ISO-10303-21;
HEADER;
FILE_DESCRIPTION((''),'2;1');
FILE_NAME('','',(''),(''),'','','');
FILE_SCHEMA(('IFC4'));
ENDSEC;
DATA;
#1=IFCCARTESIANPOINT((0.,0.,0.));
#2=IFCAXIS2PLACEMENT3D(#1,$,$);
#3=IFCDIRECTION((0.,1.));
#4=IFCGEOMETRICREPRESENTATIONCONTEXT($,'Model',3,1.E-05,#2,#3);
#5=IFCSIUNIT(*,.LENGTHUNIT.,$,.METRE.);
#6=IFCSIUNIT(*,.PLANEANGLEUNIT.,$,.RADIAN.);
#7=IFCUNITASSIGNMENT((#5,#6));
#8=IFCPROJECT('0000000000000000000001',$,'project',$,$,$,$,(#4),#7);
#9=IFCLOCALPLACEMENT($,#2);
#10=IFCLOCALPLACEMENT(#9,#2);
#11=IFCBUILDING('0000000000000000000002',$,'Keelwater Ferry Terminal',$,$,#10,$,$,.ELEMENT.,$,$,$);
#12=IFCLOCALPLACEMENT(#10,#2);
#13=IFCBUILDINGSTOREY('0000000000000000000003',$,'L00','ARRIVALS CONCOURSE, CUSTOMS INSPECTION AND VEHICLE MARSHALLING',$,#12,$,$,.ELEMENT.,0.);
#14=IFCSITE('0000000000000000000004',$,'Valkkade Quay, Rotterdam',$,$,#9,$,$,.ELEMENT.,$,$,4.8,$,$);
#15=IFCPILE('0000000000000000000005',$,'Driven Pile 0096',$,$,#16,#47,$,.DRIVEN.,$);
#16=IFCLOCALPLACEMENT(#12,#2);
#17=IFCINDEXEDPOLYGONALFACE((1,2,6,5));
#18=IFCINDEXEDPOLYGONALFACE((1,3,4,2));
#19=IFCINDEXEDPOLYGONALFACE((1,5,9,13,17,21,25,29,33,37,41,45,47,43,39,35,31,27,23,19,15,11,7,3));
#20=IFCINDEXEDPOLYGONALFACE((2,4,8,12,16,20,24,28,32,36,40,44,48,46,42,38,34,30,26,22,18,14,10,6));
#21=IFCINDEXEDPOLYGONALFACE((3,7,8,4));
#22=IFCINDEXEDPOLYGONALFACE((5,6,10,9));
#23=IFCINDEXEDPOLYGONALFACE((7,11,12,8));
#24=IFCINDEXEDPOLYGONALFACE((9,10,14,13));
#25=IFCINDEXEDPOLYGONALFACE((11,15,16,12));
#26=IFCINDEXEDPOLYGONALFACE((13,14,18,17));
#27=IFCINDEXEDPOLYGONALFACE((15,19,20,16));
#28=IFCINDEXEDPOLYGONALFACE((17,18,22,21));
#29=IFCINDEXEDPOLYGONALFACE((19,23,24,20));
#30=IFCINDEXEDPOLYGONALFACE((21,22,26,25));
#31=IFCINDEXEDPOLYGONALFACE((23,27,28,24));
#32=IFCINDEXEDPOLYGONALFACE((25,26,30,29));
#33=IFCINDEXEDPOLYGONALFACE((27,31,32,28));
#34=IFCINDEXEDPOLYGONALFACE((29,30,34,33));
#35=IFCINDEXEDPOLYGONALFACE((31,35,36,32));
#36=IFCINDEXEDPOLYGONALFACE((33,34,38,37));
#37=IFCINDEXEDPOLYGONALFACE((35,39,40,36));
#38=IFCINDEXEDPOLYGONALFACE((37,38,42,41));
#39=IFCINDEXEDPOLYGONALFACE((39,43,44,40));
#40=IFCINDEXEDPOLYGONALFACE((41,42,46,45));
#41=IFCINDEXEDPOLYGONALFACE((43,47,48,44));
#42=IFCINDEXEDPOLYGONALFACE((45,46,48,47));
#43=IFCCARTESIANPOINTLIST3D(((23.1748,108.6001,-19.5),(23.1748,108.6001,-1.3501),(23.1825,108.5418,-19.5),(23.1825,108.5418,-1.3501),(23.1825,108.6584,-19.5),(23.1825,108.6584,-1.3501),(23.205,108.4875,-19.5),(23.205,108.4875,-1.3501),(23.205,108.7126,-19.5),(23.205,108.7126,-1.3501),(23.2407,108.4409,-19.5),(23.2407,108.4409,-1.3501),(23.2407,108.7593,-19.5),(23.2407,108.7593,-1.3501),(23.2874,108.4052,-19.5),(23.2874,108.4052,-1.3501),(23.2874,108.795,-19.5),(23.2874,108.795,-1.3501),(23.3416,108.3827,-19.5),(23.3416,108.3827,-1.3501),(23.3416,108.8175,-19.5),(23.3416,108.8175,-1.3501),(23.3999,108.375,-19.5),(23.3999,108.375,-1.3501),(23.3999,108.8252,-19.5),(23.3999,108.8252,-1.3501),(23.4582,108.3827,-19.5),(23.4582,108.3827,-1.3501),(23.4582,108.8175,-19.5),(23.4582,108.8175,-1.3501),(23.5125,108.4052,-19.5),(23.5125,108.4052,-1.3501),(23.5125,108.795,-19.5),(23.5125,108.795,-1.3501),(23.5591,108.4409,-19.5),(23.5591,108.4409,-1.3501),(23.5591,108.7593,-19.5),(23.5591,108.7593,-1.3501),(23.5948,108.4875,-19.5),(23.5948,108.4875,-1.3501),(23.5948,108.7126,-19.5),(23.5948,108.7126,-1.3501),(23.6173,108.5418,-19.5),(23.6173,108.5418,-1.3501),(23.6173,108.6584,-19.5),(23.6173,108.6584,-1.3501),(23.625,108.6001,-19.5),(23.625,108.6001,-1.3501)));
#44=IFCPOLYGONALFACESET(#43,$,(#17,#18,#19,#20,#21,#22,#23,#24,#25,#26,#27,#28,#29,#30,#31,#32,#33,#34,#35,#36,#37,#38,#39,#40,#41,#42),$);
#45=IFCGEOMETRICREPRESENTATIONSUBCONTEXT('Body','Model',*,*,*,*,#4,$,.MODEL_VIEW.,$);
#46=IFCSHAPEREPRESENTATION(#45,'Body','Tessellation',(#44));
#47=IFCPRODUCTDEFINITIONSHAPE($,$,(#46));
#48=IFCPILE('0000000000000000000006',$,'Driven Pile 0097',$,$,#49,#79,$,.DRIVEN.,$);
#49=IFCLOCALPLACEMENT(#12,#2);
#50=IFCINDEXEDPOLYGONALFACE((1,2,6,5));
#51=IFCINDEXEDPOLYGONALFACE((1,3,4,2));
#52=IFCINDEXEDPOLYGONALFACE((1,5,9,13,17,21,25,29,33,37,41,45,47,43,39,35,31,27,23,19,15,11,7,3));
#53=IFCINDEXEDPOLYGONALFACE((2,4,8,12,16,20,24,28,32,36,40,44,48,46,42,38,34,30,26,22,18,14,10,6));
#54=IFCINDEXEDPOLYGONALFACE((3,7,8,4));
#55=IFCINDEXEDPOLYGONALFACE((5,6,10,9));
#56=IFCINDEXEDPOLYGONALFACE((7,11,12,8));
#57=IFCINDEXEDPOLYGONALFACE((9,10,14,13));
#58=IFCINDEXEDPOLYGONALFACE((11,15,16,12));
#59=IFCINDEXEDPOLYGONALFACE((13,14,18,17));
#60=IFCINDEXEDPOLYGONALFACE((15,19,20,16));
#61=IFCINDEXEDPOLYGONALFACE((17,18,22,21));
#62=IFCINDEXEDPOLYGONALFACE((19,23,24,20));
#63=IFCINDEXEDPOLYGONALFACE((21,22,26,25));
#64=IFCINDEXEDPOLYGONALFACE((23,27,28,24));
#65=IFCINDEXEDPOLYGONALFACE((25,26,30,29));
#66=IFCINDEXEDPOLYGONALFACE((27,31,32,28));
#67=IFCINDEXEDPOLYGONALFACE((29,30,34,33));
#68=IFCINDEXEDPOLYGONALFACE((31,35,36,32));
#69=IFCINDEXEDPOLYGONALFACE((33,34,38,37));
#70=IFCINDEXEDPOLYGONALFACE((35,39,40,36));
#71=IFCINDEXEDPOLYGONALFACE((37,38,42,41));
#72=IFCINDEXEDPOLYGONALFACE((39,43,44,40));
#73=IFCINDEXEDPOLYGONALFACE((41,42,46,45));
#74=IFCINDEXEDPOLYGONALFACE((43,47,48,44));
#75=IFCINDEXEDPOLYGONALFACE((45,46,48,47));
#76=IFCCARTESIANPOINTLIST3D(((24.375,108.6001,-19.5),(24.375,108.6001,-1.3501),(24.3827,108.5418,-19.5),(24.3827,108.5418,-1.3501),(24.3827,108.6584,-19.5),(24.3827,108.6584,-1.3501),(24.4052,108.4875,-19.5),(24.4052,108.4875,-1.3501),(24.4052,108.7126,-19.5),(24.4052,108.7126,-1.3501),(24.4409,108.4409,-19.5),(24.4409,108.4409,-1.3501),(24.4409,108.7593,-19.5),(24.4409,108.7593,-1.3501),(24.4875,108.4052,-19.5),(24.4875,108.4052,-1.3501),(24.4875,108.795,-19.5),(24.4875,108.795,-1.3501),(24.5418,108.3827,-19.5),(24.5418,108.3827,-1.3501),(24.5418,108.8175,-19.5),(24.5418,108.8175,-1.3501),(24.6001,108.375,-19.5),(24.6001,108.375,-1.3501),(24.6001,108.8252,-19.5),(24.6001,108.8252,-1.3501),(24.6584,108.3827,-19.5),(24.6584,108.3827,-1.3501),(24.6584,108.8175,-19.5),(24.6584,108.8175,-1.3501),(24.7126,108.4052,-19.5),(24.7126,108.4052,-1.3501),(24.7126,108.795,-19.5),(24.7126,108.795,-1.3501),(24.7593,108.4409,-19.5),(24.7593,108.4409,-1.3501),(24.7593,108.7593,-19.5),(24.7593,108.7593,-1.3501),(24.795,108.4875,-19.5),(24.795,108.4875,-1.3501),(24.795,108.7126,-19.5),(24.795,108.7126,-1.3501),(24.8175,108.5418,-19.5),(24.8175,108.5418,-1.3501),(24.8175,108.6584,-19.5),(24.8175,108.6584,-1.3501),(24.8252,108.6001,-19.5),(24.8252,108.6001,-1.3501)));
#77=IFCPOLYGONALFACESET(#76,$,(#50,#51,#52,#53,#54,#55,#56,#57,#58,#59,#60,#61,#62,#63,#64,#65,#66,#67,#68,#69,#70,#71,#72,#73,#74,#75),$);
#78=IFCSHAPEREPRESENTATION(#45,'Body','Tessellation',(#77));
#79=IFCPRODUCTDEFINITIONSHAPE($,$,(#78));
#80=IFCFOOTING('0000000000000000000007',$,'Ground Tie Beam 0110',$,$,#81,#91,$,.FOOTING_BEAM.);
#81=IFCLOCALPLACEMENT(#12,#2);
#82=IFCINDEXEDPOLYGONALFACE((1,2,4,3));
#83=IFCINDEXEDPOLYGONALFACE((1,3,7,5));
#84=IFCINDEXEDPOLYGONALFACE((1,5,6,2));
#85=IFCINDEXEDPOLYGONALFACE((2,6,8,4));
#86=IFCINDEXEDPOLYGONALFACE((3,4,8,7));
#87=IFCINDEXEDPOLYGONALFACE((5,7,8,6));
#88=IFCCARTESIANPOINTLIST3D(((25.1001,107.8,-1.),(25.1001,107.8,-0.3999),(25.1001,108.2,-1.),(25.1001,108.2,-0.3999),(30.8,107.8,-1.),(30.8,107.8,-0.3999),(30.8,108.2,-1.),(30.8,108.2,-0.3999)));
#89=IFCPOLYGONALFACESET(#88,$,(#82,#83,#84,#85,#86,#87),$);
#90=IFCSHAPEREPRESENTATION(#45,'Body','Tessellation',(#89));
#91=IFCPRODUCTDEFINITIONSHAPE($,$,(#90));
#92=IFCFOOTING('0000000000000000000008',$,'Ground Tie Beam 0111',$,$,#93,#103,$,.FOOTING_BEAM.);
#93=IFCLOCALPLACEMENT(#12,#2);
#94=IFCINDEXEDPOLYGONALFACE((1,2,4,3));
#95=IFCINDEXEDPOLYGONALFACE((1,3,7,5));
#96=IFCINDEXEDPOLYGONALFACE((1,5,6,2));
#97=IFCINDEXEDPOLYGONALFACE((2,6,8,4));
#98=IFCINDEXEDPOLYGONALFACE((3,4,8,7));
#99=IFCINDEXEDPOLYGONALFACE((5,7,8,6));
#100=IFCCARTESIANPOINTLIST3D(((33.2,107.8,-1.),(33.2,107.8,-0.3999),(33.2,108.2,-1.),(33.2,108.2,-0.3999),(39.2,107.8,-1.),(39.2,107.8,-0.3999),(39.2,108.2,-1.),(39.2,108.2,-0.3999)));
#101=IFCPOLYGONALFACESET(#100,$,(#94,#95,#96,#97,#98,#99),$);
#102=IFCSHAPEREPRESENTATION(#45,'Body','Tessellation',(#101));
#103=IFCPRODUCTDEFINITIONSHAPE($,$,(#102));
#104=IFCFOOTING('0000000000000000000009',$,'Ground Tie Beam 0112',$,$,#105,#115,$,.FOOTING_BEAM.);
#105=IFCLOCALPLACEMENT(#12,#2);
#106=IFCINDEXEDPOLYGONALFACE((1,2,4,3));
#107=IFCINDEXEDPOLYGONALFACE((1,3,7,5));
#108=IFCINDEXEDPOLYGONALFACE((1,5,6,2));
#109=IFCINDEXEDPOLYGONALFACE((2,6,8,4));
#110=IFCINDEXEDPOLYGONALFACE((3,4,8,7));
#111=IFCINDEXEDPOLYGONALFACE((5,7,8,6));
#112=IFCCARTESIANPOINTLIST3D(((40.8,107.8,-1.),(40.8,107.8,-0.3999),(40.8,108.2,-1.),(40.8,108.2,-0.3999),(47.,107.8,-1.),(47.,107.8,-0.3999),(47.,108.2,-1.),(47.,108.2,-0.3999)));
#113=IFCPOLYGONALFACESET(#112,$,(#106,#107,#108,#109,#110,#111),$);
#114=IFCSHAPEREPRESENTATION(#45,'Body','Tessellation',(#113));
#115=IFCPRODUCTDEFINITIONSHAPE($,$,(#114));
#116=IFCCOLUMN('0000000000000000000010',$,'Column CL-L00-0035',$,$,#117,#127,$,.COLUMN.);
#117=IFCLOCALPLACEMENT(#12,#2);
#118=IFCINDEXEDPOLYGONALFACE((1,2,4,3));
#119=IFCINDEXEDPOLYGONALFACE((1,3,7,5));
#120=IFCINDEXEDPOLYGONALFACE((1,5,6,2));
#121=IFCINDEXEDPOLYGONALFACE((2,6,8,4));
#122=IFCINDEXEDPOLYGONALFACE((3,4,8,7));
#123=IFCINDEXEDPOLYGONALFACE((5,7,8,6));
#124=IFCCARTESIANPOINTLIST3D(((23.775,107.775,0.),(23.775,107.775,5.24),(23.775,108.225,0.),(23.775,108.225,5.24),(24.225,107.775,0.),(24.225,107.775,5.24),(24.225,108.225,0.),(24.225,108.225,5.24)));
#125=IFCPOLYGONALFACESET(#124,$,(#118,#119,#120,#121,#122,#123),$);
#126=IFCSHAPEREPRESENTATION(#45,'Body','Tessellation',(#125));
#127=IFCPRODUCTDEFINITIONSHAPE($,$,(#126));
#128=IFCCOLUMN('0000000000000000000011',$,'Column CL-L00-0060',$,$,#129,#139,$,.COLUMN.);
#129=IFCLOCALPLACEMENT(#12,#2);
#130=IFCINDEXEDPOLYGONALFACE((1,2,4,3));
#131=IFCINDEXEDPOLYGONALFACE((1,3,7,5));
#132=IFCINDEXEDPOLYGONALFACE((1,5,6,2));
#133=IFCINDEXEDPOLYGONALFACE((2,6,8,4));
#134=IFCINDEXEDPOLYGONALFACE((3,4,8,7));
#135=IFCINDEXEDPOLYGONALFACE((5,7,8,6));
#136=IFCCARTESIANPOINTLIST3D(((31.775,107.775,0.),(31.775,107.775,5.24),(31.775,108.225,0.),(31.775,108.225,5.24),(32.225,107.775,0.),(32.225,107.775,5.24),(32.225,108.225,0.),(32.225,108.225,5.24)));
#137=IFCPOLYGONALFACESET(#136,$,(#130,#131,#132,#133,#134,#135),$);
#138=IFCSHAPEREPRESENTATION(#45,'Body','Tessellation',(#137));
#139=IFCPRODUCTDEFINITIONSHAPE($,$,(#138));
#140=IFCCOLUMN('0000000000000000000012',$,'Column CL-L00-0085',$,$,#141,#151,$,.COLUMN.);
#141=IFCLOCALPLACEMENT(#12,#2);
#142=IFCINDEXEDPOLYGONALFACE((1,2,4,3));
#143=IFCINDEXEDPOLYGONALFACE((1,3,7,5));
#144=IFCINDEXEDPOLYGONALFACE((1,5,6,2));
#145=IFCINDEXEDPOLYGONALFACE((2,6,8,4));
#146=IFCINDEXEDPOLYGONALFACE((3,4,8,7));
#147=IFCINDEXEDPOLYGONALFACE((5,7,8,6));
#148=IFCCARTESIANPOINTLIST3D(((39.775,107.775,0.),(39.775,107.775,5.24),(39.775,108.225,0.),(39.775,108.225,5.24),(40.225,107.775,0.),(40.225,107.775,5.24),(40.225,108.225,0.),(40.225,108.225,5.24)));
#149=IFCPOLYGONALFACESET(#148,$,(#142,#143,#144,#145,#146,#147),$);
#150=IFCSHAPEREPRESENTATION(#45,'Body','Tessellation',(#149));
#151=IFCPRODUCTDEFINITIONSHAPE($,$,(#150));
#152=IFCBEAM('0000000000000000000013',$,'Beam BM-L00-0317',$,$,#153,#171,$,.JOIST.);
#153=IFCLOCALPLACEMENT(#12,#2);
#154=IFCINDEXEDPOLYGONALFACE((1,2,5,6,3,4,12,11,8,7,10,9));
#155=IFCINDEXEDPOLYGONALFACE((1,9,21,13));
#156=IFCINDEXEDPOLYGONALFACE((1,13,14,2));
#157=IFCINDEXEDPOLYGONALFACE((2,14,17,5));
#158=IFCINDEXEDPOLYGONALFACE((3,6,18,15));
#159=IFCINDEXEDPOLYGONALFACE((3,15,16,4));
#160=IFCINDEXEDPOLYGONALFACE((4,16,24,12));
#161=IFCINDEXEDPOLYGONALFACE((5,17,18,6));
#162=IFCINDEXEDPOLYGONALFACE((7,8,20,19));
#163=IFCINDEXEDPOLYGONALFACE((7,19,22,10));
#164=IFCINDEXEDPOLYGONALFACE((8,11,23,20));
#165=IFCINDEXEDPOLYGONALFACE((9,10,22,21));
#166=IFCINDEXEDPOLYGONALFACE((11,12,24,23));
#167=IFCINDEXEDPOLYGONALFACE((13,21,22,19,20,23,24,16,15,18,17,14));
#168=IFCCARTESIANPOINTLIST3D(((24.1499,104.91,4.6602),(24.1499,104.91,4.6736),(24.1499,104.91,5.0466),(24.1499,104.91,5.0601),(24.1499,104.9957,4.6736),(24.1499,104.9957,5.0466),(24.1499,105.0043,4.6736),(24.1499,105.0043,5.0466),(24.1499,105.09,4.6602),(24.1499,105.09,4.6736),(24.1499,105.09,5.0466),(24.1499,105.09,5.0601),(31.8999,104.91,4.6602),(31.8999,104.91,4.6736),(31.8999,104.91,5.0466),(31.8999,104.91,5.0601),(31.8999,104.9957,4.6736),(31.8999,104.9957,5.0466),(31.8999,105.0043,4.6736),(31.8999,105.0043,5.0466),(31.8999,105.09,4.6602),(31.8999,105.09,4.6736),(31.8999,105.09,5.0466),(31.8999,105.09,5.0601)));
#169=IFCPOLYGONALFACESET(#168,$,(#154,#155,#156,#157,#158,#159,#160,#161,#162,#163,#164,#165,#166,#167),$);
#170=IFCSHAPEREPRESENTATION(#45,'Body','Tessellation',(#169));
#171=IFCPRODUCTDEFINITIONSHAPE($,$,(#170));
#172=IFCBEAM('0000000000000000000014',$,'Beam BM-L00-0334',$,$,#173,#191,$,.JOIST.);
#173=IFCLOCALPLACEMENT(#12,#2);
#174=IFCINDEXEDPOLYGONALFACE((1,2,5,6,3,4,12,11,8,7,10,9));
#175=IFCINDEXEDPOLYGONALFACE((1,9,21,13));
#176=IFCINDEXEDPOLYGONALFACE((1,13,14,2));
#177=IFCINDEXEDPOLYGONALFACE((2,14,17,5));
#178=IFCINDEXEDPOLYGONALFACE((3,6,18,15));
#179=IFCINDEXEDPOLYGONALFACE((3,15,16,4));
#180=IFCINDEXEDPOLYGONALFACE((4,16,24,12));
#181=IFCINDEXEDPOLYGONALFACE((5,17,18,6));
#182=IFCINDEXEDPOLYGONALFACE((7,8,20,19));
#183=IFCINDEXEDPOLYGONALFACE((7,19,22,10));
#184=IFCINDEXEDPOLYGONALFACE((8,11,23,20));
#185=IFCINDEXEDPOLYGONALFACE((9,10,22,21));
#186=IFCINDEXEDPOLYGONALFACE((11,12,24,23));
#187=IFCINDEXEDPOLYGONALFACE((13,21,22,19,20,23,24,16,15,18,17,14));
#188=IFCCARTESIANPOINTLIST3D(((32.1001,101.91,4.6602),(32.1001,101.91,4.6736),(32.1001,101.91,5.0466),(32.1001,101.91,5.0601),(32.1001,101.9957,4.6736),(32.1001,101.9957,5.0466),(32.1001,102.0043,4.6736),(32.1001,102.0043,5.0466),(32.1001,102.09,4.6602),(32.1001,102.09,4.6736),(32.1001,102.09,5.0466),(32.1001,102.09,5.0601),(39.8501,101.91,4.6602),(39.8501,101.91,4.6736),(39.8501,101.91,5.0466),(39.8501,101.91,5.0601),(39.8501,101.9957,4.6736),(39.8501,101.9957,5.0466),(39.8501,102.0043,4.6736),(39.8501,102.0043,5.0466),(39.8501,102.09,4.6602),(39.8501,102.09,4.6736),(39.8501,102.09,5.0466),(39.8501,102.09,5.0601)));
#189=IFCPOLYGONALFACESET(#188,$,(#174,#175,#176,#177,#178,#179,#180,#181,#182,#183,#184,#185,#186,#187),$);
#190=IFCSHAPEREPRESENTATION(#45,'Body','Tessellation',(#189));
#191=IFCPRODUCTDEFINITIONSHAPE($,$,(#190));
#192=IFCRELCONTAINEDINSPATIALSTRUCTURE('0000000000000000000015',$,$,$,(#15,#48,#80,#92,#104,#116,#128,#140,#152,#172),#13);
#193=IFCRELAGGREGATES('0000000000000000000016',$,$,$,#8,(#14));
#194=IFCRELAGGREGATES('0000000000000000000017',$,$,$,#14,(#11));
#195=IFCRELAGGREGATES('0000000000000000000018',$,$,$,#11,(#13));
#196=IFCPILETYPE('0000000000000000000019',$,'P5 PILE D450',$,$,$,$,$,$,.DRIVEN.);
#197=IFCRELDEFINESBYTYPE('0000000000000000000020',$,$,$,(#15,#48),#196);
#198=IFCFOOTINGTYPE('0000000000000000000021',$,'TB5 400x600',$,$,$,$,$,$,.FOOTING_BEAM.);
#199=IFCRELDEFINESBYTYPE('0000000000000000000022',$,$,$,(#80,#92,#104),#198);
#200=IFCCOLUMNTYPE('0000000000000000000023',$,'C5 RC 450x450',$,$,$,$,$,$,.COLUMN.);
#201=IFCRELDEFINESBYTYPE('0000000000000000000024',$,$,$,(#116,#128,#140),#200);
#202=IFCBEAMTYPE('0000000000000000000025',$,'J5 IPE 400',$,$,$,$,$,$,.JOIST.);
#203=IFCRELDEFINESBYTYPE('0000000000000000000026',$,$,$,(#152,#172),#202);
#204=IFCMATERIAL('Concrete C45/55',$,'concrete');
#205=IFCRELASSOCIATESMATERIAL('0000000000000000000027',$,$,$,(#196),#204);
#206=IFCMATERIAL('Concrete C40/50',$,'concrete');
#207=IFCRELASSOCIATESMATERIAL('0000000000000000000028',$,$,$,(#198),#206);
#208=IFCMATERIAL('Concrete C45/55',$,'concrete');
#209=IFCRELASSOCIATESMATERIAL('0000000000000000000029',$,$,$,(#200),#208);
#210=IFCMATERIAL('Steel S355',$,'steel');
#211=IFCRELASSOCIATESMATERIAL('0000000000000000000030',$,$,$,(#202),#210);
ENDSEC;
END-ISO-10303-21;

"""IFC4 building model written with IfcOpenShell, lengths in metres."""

from ifc_helpers import new_model, si_unit, direction, frame, origin, origin_2d, place, context, subcontext, project, spatial, rectangle, circle, i_section, extrude, material, material_profile, profile_set, type_object, element, save


model = new_model("IFC4")

# Units and contexts
model_context = context("Model", 3, precision=1e-05, world=origin(), true_north=direction((0.0, 1.0)))
body_context = subcontext(model_context, "Body", "Model", "MODEL_VIEW")
ifc_project = project(units=[si_unit("LENGTHUNIT", "METRE"), si_unit("PLANEANGLEUNIT", "RADIAN")], contexts=[model_context])

# Site, building, storey
site_placement = place(None, origin())
site = spatial("IfcSite", under=ifc_project, at=site_placement, Name="Valkkade Quay, Rotterdam", CompositionType="ELEMENT", RefElevation=4.8)
building_placement = place(site_placement, origin())
building = spatial("IfcBuilding", under=site, at=building_placement, Name="Keelwater Ferry Terminal", CompositionType="ELEMENT")
storey_placement = place(building_placement, origin())
storey = spatial("IfcBuildingStorey", under=building, at=storey_placement, Name="L00", Description="ARRIVALS CONCOURSE, CUSTOMS INSPECTION AND VEHICLE MARSHALLING", CompositionType="ELEMENT", Elevation=0.0)

# Piles
ifc_material_1 = material(Name="Concrete C45/55", Category="concrete")
ifc_material_profile_1 = material_profile(ifc_material_1, circle(Radius=0.2251, at=origin_2d()), Name="PILE D450")
ifc_profile_set_1 = profile_set([ifc_material_profile_1], Name="Concrete C45/55")
pile_type_1 = type_object("IfcPileType", Name="P5 PILE D450", PredefinedType="DRIVEN", material=ifc_profile_set_1)
for number, where, z_axis, x_axis, name in (
    (1, (23.3999, 108.6001, -1.3501), (0.0, 0.0, -1.0), (1.0, 0.0, 0.0), "Driven Pile 0096"),
    (2, (24.6001, 108.6001, -1.3501), (0.0, 0.0, -1.0), (1.0, 0.0, 0.0), "Driven Pile 0097"),
):
    element("IfcPile", number, at=place(storey_placement, frame(where, z_axis=z_axis, x_axis=x_axis)), inside=storey, type_object=pile_type_1, Name=name, PredefinedType="DRIVEN", context=body_context, shape_type="SweptSolid", body=[
        extrude(circle(Radius=0.2251, at=origin_2d()), origin(), (0.0, 0.0, 1.0), 18.1499),
    ])

# Footings
ifc_material_2 = material(Name="Concrete C40/50", Category="concrete")
ifc_material_profile_2 = material_profile(ifc_material_2, rectangle(XDim=0.3999, YDim=0.6001, at=origin_2d()), Name="TB 400x600")
ifc_profile_set_2 = profile_set([ifc_material_profile_2], Name="Concrete C40/50")
footing_type = type_object("IfcFootingType", Name="TB5 400x600", PredefinedType="FOOTING_BEAM", material=ifc_profile_set_2)
footing_1_placement = place(storey_placement, frame((25.1001, 108.0, -0.7), z_axis=(1.0, 0.0, 0.0), x_axis=(0.0, 1.0, 0.0)))
element("IfcFooting", 3, at=footing_1_placement, inside=storey, type_object=footing_type, Name="Ground Tie Beam 0110", PredefinedType="FOOTING_BEAM", context=body_context, shape_type="SweptSolid", body=[
    extrude(rectangle(XDim=0.3999, YDim=0.6001, at=origin_2d()), origin(), (0.0, 0.0, 1.0), 5.7),
])
footing_2_placement = place(storey_placement, frame((33.2, 108.0, -0.7), z_axis=(1.0, 0.0, 0.0), x_axis=(0.0, 1.0, 0.0)))
element("IfcFooting", 4, at=footing_2_placement, inside=storey, type_object=footing_type, Name="Ground Tie Beam 0111", PredefinedType="FOOTING_BEAM", context=body_context, shape_type="SweptSolid", body=[
    extrude(rectangle(XDim=0.3999, YDim=0.6001, at=origin_2d()), origin(), (0.0, 0.0, 1.0), 6.0),
])
footing_3_placement = place(storey_placement, frame((40.8, 108.0, -0.7), z_axis=(1.0, 0.0, 0.0), x_axis=(0.0, 1.0, 0.0)))
element("IfcFooting", 5, at=footing_3_placement, inside=storey, type_object=footing_type, Name="Ground Tie Beam 0112", PredefinedType="FOOTING_BEAM", context=body_context, shape_type="SweptSolid", body=[
    extrude(rectangle(XDim=0.3999, YDim=0.6001, at=origin_2d()), origin(), (0.0, 0.0, 1.0), 6.2),
])

# Columns
ifc_material_3 = material(Name="Concrete C45/55", Category="concrete")
ifc_material_profile_3 = material_profile(ifc_material_3, rectangle(XDim=0.45, YDim=0.45, at=origin_2d()), Name="RC 450x450")
ifc_profile_set_3 = profile_set([ifc_material_profile_3], Name="Concrete C45/55")
column_type = type_object("IfcColumnType", Name="C5 RC 450x450", PredefinedType="COLUMN", material=ifc_profile_set_3)
for number, where, z_axis, x_axis, name in (
    (6, (24.0, 108.0, 0.0), (0.0, 0.0, 1.0), (1.0, 0.0, 0.0), "Column CL-L00-0035"),
    (7, (32.0, 108.0, 0.0), (0.0, 0.0, 1.0), (1.0, 0.0, 0.0), "Column CL-L00-0060"),
    (8, (40.0, 108.0, 0.0), (0.0, 0.0, 1.0), (1.0, 0.0, 0.0), "Column CL-L00-0085"),
):
    element("IfcColumn", number, at=place(storey_placement, frame(where, z_axis=z_axis, x_axis=x_axis)), inside=storey, type_object=column_type, Name=name, PredefinedType="COLUMN", context=body_context, shape_type="SweptSolid", body=[
        extrude(rectangle(XDim=0.45, YDim=0.45, at=origin_2d()), origin(), (0.0, 0.0, 1.0), 5.24),
    ])

# Beams
ifc_material_4 = material(Name="Steel S355", Category="steel")
ifc_material_profile_4 = material_profile(ifc_material_4, i_section(OverallWidth=0.1799, OverallDepth=0.3999, WebThickness=0.0085, FlangeThickness=0.0134, at=origin_2d()), Name="IPE 400")
ifc_profile_set_4 = profile_set([ifc_material_profile_4], Name="Steel S355")
beam_type_1 = type_object("IfcBeamType", Name="J5 IPE 400", PredefinedType="JOIST", material=ifc_profile_set_4)
for number, where, z_axis, x_axis, name in (
    (9, (24.1499, 105.0, 4.8601), (1.0, 0.0, 0.0), (0.0, 1.0, 0.0), "Beam BM-L00-0317"),
    (10, (32.1001, 102.0, 4.8601), (1.0, 0.0, 0.0), (0.0, 1.0, 0.0), "Beam BM-L00-0334"),
):
    element("IfcBeam", number, at=place(storey_placement, frame(where, z_axis=z_axis, x_axis=x_axis)), inside=storey, type_object=beam_type_1, Name=name, PredefinedType="JOIST", context=body_context, shape_type="SweptSolid", body=[
        extrude(i_section(OverallWidth=0.1799, OverallDepth=0.3999, WebThickness=0.0085, FlangeThickness=0.0134, at=origin_2d()), origin(), (0.0, 0.0, 1.0), 7.75),
    ])

save(model, "model.ifc")
